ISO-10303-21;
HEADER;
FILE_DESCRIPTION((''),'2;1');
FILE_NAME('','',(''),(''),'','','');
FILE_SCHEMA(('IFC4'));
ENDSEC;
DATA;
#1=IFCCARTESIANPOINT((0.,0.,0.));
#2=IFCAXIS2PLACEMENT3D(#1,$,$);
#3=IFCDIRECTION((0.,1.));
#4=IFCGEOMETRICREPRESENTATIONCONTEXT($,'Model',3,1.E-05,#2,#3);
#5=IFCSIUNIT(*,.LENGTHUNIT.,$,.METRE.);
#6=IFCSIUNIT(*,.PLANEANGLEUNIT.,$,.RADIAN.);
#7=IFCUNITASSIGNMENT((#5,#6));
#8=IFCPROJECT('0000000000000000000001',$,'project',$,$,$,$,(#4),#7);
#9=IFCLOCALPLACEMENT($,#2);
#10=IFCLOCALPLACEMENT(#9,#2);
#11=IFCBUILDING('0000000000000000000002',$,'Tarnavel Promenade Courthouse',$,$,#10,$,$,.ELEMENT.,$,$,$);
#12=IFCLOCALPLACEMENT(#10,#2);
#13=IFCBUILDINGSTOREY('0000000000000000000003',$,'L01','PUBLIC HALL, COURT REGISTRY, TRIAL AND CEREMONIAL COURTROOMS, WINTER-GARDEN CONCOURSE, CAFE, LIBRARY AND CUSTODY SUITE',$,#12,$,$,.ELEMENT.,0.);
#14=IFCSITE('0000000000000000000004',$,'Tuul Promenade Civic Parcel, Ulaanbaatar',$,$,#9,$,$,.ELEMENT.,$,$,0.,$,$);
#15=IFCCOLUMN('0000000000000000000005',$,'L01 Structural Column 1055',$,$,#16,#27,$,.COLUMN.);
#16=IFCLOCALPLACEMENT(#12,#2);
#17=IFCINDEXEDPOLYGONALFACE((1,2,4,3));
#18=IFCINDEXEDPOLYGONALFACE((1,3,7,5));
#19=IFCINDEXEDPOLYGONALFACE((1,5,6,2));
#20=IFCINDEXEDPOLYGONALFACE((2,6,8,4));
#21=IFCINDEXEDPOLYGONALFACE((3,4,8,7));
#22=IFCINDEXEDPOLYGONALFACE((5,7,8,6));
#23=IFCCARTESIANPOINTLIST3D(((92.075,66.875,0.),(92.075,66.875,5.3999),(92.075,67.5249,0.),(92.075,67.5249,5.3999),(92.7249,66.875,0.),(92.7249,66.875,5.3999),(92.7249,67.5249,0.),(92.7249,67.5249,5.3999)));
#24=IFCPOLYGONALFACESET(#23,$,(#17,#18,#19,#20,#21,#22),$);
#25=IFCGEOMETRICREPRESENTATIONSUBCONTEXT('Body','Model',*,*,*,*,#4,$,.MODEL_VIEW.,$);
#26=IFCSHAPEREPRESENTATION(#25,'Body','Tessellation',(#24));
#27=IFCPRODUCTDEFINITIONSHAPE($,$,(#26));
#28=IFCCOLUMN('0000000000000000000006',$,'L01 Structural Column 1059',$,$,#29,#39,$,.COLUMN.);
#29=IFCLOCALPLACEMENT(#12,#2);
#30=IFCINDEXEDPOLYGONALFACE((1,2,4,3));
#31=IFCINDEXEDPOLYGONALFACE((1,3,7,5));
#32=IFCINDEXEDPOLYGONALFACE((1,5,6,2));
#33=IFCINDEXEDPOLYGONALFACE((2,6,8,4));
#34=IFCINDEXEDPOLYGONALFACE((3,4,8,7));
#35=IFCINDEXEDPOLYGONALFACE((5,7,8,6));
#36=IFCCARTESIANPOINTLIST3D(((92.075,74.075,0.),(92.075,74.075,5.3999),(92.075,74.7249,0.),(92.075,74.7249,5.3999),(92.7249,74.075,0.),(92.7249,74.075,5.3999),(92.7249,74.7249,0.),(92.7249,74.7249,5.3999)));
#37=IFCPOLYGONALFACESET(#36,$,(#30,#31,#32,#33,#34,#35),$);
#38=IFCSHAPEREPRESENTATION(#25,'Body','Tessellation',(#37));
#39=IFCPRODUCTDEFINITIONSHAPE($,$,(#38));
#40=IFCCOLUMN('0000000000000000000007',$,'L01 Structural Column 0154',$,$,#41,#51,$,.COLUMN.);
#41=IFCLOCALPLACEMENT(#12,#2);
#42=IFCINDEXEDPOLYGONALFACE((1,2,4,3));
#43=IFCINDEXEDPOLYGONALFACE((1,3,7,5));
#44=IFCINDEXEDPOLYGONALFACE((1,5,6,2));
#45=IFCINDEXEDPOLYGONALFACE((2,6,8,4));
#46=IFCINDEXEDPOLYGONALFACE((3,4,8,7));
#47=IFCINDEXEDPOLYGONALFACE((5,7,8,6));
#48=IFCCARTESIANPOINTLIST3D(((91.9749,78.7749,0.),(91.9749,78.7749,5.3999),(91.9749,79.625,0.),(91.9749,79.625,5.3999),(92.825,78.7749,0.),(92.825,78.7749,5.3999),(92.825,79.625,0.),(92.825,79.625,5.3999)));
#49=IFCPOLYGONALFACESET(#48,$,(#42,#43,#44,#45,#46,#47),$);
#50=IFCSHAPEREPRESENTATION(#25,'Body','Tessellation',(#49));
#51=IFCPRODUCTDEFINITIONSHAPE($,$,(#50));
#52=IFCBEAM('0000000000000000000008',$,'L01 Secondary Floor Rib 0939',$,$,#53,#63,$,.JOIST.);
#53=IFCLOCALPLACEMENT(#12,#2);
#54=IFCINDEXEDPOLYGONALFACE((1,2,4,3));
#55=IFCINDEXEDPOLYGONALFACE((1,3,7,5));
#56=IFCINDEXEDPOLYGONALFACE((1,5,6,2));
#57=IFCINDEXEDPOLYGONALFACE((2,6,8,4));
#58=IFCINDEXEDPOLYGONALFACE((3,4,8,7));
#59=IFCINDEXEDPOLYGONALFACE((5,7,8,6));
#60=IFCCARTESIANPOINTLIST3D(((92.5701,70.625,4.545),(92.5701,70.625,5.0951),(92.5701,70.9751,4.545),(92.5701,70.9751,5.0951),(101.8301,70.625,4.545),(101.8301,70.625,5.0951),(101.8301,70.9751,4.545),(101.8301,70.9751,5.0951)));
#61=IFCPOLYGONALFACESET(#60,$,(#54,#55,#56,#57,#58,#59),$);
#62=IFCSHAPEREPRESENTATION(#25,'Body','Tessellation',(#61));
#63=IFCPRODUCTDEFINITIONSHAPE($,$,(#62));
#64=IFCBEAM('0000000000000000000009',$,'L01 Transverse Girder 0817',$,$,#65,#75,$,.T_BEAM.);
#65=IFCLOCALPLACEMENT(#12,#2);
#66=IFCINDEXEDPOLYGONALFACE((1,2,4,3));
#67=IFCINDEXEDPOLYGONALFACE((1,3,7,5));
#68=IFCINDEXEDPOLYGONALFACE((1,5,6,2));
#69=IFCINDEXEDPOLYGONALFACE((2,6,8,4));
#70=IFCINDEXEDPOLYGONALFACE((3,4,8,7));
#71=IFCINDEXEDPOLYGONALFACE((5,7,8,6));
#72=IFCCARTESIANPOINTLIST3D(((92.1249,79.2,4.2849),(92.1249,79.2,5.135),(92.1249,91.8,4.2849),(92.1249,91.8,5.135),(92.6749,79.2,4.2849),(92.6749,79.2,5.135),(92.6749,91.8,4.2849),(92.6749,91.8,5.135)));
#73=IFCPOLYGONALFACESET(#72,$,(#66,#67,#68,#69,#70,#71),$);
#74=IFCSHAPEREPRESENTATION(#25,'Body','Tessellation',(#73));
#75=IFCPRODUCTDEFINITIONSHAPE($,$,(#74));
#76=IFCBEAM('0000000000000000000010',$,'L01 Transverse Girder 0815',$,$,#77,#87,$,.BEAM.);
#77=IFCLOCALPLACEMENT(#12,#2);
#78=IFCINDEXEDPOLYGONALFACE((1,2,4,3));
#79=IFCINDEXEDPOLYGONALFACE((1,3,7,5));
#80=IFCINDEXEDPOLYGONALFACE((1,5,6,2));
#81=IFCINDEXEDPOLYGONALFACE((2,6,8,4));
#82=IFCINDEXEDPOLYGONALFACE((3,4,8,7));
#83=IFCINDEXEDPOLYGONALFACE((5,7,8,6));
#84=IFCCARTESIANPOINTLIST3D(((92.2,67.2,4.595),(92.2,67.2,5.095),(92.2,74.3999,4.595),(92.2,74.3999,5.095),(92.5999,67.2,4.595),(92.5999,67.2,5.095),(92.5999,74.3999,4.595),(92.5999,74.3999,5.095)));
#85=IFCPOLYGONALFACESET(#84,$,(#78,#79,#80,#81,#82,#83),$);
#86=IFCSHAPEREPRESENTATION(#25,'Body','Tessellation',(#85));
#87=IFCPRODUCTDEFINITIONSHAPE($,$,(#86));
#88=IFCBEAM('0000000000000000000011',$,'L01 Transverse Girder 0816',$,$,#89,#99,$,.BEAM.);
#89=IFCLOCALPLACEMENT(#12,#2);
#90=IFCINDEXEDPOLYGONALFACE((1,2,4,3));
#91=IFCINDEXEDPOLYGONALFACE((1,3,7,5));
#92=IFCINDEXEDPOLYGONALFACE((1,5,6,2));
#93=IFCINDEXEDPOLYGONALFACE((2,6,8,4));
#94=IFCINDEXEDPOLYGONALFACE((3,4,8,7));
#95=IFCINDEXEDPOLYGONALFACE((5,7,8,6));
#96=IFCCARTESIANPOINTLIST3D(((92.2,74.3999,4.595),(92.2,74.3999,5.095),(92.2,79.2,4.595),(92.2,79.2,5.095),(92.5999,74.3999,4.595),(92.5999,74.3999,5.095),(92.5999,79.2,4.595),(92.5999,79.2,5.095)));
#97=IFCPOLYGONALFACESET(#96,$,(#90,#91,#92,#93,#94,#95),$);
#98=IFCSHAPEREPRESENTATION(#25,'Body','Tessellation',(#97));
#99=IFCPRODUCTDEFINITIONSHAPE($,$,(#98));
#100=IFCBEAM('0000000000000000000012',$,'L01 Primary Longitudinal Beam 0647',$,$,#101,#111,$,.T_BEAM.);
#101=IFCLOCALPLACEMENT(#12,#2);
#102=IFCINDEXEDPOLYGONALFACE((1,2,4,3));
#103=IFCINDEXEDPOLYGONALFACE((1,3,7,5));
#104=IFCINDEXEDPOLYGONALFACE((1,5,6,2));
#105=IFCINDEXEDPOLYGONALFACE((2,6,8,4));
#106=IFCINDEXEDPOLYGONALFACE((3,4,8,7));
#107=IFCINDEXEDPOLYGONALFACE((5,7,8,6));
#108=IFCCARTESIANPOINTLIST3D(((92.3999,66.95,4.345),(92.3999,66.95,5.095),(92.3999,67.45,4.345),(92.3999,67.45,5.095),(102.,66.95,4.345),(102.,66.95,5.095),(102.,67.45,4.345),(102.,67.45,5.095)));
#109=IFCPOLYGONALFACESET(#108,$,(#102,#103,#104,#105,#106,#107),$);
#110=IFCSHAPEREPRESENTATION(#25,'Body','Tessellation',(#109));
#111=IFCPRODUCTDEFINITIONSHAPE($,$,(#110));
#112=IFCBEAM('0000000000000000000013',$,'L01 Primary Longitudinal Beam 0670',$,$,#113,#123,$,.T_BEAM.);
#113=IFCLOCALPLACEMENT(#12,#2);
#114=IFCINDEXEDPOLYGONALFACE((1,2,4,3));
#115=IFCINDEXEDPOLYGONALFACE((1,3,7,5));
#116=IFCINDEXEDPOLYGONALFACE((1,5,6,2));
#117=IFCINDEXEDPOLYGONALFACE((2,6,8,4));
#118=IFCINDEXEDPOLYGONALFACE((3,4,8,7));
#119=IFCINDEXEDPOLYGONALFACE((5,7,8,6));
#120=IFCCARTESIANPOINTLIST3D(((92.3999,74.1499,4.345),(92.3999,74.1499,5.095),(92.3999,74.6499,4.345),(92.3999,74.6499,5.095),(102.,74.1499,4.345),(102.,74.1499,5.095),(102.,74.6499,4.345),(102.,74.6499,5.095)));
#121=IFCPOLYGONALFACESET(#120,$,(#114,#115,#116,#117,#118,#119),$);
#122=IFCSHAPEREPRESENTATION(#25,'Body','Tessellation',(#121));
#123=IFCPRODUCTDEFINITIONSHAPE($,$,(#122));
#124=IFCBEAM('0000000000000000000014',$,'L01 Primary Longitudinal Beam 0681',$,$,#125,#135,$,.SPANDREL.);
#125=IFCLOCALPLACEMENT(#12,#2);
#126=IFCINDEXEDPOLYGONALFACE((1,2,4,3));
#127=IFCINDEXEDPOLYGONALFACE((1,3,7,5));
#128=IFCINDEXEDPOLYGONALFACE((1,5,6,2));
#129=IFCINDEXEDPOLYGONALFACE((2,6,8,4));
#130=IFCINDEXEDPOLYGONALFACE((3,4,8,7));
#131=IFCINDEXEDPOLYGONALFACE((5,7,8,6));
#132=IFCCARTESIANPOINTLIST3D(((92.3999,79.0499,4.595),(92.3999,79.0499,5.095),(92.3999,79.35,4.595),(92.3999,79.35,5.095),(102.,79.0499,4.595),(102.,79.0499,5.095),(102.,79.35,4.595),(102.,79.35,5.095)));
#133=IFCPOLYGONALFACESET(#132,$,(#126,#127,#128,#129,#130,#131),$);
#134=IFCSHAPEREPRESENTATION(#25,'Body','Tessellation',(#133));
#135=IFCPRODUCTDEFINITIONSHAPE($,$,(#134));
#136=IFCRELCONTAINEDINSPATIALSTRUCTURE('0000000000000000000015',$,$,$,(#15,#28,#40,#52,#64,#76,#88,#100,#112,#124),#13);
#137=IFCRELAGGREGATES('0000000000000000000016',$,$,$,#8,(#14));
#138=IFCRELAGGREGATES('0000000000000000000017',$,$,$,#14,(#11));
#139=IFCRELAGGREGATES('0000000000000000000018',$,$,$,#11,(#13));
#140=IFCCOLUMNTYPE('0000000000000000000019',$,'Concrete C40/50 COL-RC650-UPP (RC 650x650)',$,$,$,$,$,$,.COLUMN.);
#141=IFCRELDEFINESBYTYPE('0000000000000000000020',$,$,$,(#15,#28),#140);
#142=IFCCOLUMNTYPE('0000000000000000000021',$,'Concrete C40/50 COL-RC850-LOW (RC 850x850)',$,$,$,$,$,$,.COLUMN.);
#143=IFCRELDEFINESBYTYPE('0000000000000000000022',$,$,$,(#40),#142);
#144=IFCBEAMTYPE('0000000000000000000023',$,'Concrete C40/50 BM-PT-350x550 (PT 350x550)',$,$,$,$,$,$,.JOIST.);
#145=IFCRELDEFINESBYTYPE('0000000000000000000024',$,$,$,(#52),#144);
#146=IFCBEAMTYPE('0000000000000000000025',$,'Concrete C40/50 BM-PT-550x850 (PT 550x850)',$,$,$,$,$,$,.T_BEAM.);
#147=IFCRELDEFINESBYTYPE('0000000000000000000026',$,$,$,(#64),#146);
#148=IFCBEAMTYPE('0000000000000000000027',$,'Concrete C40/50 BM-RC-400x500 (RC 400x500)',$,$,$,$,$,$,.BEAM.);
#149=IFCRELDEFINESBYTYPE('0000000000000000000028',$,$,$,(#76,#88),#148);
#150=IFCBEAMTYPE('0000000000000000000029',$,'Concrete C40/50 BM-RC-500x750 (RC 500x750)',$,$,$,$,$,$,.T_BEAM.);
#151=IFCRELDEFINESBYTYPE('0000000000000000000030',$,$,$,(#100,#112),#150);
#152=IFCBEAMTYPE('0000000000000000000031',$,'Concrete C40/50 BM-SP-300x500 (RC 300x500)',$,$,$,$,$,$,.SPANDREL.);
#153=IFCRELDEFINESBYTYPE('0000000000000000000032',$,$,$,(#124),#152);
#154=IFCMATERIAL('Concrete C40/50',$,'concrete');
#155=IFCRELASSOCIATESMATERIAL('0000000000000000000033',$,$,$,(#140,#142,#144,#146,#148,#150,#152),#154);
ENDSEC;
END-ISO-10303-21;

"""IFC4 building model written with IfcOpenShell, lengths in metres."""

from ifc_helpers import new_model, si_unit, direction, frame, origin, origin_2d, place, context, subcontext, project, spatial, rectangle, extrude, material, material_profile, profile_set, type_object, element, save


model = new_model("IFC4")

# Units and contexts
model_context = context("Model", 3, precision=1e-05, world=origin(), true_north=direction((0.0, 1.0)))
body_context = subcontext(model_context, "Body", "Model", "MODEL_VIEW")
ifc_project = project(units=[si_unit("LENGTHUNIT", "METRE"), si_unit("PLANEANGLEUNIT", "RADIAN")], contexts=[model_context])

# Site, building, storey
site_placement = place(None, origin())
site = spatial("IfcSite", under=ifc_project, at=site_placement, Name="Tuul Promenade Civic Parcel, Ulaanbaatar", CompositionType="ELEMENT", RefElevation=0.0)
building_placement = place(site_placement, origin())
building = spatial("IfcBuilding", under=site, at=building_placement, Name="Tarnavel Promenade Courthouse", CompositionType="ELEMENT")
storey_placement = place(building_placement, origin())
storey = spatial("IfcBuildingStorey", under=building, at=storey_placement, Name="L01", Description="PUBLIC HALL, COURT REGISTRY, TRIAL AND CEREMONIAL COURTROOMS, WINTER-GARDEN CONCOURSE, CAFE, LIBRARY AND CUSTODY SUITE", CompositionType="ELEMENT", Elevation=0.0)

# Columns
ifc_material_1 = material(Name="Concrete C40/50", Category="concrete")
ifc_material_profile_1 = material_profile(ifc_material_1, rectangle(XDim=0.6499, YDim=0.6499, at=origin_2d()), Name="RC 650x650")
ifc_profile_set_1 = profile_set([ifc_material_profile_1], Name="Concrete C40/50")
column_type_1 = type_object("IfcColumnType", Name="Concrete C40/50 COL-RC650-UPP (RC 650x650)", PredefinedType="COLUMN", material=ifc_profile_set_1)
for number, where, z_axis, x_axis, name in (
    (1, (92.3999, 67.2, 0.0), (0.0, 0.0, 1.0), (1.0, 0.0, 0.0), "L01 Structural Column 1055"),
    (2, (92.3999, 74.3999, 0.0), (0.0, 0.0, 1.0), (1.0, 0.0, 0.0), "L01 Structural Column 1059"),
):
    element("IfcColumn", number, at=place(storey_placement, frame(where, z_axis=z_axis, x_axis=x_axis)), inside=storey, type_object=column_type_1, Name=name, PredefinedType="COLUMN", context=body_context, shape_type="SweptSolid", body=[
        extrude(rectangle(XDim=0.6499, YDim=0.6499, at=origin_2d()), origin(), (0.0, 0.0, 1.0), 5.3999),
    ])
ifc_material_profile_2 = material_profile(ifc_material_1, rectangle(XDim=0.8501, YDim=0.8501, at=origin_2d()), Name="RC 850x850")
ifc_profile_set_2 = profile_set([ifc_material_profile_2], Name="Concrete C40/50")
column_type_2 = type_object("IfcColumnType", Name="Concrete C40/50 COL-RC850-LOW (RC 850x850)", PredefinedType="COLUMN", material=ifc_profile_set_2)
column_placement = place(storey_placement, frame((92.3999, 79.2, 0.0), z_axis=(0.0, 0.0, 1.0), x_axis=(1.0, 0.0, 0.0)))
element("IfcColumn", 3, at=column_placement, inside=storey, type_object=column_type_2, Name="L01 Structural Column 0154", PredefinedType="COLUMN", context=body_context, shape_type="SweptSolid", body=[
    extrude(rectangle(XDim=0.8501, YDim=0.8501, at=origin_2d()), origin(), (0.0, 0.0, 1.0), 5.3999),
])

# Beams
ifc_material_profile_3 = material_profile(ifc_material_1, rectangle(XDim=0.3501, YDim=0.55, at=origin_2d()), Name="PT 350x550")
ifc_profile_set_3 = profile_set([ifc_material_profile_3], Name="Concrete C40/50")
beam_type_1 = type_object("IfcBeamType", Name="Concrete C40/50 BM-PT-350x550 (PT 350x550)", PredefinedType="JOIST", material=ifc_profile_set_3)
beam_1_placement = place(storey_placement, frame((92.5701, 70.8, 4.8201), z_axis=(1.0, 0.0, 0.0), x_axis=(0.0, 1.0, 0.0)))
element("IfcBeam", 4, at=beam_1_placement, inside=storey, type_object=beam_type_1, Name="L01 Secondary Floor Rib 0939", PredefinedType="JOIST", context=body_context, shape_type="SweptSolid", body=[
    extrude(rectangle(XDim=0.3501, YDim=0.55, at=origin_2d()), origin(), (0.0, 0.0, 1.0), 9.26),
])
ifc_material_profile_4 = material_profile(ifc_material_1, rectangle(XDim=0.55, YDim=0.8501, at=origin_2d()), Name="PT 550x850")
ifc_profile_set_4 = profile_set([ifc_material_profile_4], Name="Concrete C40/50")
beam_type_2 = type_object("IfcBeamType", Name="Concrete C40/50 BM-PT-550x850 (PT 550x850)", PredefinedType="T_BEAM", material=ifc_profile_set_4)
beam_2_placement = place(storey_placement, frame((92.3999, 79.2, 4.71), z_axis=(0.0, 1.0, 0.0), x_axis=(-1.0, 0.0, 0.0)))
element("IfcBeam", 5, at=beam_2_placement, inside=storey, type_object=beam_type_2, Name="L01 Transverse Girder 0817", PredefinedType="T_BEAM", context=body_context, shape_type="SweptSolid", body=[
    extrude(rectangle(XDim=0.55, YDim=0.8501, at=origin_2d()), origin(), (0.0, 0.0, 1.0), 12.6001),
])
ifc_material_profile_5 = material_profile(ifc_material_1, rectangle(XDim=0.3999, YDim=0.5, at=origin_2d()), Name="RC 400x500")
ifc_profile_set_5 = profile_set([ifc_material_profile_5], Name="Concrete C40/50")
beam_type_3 = type_object("IfcBeamType", Name="Concrete C40/50 BM-RC-400x500 (RC 400x500)", PredefinedType="BEAM", material=ifc_profile_set_5)
beam_3_placement = place(storey_placement, frame((92.3999, 67.2, 4.845), z_axis=(0.0, 1.0, 0.0), x_axis=(-1.0, 0.0, 0.0)))
element("IfcBeam", 6, at=beam_3_placement, inside=storey, type_object=beam_type_3, Name="L01 Transverse Girder 0815", PredefinedType="BEAM", context=body_context, shape_type="SweptSolid", body=[
    extrude(rectangle(XDim=0.3999, YDim=0.5, at=origin_2d()), origin(), (0.0, 0.0, 1.0), 7.2),
])
beam_4_placement = place(storey_placement, frame((92.3999, 74.3999, 4.845), z_axis=(0.0, 1.0, 0.0), x_axis=(-1.0, 0.0, 0.0)))
element("IfcBeam", 7, at=beam_4_placement, inside=storey, type_object=beam_type_3, Name="L01 Transverse Girder 0816", PredefinedType="BEAM", context=body_context, shape_type="SweptSolid", body=[
    extrude(rectangle(XDim=0.3999, YDim=0.5, at=origin_2d()), origin(), (0.0, 0.0, 1.0), 4.8),
])
ifc_material_profile_6 = material_profile(ifc_material_1, rectangle(XDim=0.5, YDim=0.75, at=origin_2d()), Name="RC 500x750")
ifc_profile_set_6 = profile_set([ifc_material_profile_6], Name="Concrete C40/50")
beam_type_4 = type_object("IfcBeamType", Name="Concrete C40/50 BM-RC-500x750 (RC 500x750)", PredefinedType="T_BEAM", material=ifc_profile_set_6)
for number, where, z_axis, x_axis, name in (
    (8, (92.3999, 67.2, 4.72), (1.0, 0.0, 0.0), (0.0, 1.0, 0.0), "L01 Primary Longitudinal Beam 0647"),
    (9, (92.3999, 74.3999, 4.72), (1.0, 0.0, 0.0), (0.0, 1.0, 0.0), "L01 Primary Longitudinal Beam 0670"),
):
    element("IfcBeam", number, at=place(storey_placement, frame(where, z_axis=z_axis, x_axis=x_axis)), inside=storey, type_object=beam_type_4, Name=name, PredefinedType="T_BEAM", context=body_context, shape_type="SweptSolid", body=[
        extrude(rectangle(XDim=0.5, YDim=0.75, at=origin_2d()), origin(), (0.0, 0.0, 1.0), 9.6001),
    ])
ifc_material_profile_7 = material_profile(ifc_material_1, rectangle(XDim=0.3, YDim=0.5, at=origin_2d()), Name="RC 300x500")
ifc_profile_set_7 = profile_set([ifc_material_profile_7], Name="Concrete C40/50")
beam_type_5 = type_object("IfcBeamType", Name="Concrete C40/50 BM-SP-300x500 (RC 300x500)", PredefinedType="SPANDREL", material=ifc_profile_set_7)
beam_5_placement = place(storey_placement, frame((92.3999, 79.2, 4.845), z_axis=(1.0, 0.0, 0.0), x_axis=(0.0, 1.0, 0.0)))
element("IfcBeam", 10, at=beam_5_placement, inside=storey, type_object=beam_type_5, Name="L01 Primary Longitudinal Beam 0681", PredefinedType="SPANDREL", context=body_context, shape_type="SweptSolid", body=[
    extrude(rectangle(XDim=0.3, YDim=0.5, at=origin_2d()), origin(), (0.0, 0.0, 1.0), 9.6001),
])

save(model, "model.ifc")
